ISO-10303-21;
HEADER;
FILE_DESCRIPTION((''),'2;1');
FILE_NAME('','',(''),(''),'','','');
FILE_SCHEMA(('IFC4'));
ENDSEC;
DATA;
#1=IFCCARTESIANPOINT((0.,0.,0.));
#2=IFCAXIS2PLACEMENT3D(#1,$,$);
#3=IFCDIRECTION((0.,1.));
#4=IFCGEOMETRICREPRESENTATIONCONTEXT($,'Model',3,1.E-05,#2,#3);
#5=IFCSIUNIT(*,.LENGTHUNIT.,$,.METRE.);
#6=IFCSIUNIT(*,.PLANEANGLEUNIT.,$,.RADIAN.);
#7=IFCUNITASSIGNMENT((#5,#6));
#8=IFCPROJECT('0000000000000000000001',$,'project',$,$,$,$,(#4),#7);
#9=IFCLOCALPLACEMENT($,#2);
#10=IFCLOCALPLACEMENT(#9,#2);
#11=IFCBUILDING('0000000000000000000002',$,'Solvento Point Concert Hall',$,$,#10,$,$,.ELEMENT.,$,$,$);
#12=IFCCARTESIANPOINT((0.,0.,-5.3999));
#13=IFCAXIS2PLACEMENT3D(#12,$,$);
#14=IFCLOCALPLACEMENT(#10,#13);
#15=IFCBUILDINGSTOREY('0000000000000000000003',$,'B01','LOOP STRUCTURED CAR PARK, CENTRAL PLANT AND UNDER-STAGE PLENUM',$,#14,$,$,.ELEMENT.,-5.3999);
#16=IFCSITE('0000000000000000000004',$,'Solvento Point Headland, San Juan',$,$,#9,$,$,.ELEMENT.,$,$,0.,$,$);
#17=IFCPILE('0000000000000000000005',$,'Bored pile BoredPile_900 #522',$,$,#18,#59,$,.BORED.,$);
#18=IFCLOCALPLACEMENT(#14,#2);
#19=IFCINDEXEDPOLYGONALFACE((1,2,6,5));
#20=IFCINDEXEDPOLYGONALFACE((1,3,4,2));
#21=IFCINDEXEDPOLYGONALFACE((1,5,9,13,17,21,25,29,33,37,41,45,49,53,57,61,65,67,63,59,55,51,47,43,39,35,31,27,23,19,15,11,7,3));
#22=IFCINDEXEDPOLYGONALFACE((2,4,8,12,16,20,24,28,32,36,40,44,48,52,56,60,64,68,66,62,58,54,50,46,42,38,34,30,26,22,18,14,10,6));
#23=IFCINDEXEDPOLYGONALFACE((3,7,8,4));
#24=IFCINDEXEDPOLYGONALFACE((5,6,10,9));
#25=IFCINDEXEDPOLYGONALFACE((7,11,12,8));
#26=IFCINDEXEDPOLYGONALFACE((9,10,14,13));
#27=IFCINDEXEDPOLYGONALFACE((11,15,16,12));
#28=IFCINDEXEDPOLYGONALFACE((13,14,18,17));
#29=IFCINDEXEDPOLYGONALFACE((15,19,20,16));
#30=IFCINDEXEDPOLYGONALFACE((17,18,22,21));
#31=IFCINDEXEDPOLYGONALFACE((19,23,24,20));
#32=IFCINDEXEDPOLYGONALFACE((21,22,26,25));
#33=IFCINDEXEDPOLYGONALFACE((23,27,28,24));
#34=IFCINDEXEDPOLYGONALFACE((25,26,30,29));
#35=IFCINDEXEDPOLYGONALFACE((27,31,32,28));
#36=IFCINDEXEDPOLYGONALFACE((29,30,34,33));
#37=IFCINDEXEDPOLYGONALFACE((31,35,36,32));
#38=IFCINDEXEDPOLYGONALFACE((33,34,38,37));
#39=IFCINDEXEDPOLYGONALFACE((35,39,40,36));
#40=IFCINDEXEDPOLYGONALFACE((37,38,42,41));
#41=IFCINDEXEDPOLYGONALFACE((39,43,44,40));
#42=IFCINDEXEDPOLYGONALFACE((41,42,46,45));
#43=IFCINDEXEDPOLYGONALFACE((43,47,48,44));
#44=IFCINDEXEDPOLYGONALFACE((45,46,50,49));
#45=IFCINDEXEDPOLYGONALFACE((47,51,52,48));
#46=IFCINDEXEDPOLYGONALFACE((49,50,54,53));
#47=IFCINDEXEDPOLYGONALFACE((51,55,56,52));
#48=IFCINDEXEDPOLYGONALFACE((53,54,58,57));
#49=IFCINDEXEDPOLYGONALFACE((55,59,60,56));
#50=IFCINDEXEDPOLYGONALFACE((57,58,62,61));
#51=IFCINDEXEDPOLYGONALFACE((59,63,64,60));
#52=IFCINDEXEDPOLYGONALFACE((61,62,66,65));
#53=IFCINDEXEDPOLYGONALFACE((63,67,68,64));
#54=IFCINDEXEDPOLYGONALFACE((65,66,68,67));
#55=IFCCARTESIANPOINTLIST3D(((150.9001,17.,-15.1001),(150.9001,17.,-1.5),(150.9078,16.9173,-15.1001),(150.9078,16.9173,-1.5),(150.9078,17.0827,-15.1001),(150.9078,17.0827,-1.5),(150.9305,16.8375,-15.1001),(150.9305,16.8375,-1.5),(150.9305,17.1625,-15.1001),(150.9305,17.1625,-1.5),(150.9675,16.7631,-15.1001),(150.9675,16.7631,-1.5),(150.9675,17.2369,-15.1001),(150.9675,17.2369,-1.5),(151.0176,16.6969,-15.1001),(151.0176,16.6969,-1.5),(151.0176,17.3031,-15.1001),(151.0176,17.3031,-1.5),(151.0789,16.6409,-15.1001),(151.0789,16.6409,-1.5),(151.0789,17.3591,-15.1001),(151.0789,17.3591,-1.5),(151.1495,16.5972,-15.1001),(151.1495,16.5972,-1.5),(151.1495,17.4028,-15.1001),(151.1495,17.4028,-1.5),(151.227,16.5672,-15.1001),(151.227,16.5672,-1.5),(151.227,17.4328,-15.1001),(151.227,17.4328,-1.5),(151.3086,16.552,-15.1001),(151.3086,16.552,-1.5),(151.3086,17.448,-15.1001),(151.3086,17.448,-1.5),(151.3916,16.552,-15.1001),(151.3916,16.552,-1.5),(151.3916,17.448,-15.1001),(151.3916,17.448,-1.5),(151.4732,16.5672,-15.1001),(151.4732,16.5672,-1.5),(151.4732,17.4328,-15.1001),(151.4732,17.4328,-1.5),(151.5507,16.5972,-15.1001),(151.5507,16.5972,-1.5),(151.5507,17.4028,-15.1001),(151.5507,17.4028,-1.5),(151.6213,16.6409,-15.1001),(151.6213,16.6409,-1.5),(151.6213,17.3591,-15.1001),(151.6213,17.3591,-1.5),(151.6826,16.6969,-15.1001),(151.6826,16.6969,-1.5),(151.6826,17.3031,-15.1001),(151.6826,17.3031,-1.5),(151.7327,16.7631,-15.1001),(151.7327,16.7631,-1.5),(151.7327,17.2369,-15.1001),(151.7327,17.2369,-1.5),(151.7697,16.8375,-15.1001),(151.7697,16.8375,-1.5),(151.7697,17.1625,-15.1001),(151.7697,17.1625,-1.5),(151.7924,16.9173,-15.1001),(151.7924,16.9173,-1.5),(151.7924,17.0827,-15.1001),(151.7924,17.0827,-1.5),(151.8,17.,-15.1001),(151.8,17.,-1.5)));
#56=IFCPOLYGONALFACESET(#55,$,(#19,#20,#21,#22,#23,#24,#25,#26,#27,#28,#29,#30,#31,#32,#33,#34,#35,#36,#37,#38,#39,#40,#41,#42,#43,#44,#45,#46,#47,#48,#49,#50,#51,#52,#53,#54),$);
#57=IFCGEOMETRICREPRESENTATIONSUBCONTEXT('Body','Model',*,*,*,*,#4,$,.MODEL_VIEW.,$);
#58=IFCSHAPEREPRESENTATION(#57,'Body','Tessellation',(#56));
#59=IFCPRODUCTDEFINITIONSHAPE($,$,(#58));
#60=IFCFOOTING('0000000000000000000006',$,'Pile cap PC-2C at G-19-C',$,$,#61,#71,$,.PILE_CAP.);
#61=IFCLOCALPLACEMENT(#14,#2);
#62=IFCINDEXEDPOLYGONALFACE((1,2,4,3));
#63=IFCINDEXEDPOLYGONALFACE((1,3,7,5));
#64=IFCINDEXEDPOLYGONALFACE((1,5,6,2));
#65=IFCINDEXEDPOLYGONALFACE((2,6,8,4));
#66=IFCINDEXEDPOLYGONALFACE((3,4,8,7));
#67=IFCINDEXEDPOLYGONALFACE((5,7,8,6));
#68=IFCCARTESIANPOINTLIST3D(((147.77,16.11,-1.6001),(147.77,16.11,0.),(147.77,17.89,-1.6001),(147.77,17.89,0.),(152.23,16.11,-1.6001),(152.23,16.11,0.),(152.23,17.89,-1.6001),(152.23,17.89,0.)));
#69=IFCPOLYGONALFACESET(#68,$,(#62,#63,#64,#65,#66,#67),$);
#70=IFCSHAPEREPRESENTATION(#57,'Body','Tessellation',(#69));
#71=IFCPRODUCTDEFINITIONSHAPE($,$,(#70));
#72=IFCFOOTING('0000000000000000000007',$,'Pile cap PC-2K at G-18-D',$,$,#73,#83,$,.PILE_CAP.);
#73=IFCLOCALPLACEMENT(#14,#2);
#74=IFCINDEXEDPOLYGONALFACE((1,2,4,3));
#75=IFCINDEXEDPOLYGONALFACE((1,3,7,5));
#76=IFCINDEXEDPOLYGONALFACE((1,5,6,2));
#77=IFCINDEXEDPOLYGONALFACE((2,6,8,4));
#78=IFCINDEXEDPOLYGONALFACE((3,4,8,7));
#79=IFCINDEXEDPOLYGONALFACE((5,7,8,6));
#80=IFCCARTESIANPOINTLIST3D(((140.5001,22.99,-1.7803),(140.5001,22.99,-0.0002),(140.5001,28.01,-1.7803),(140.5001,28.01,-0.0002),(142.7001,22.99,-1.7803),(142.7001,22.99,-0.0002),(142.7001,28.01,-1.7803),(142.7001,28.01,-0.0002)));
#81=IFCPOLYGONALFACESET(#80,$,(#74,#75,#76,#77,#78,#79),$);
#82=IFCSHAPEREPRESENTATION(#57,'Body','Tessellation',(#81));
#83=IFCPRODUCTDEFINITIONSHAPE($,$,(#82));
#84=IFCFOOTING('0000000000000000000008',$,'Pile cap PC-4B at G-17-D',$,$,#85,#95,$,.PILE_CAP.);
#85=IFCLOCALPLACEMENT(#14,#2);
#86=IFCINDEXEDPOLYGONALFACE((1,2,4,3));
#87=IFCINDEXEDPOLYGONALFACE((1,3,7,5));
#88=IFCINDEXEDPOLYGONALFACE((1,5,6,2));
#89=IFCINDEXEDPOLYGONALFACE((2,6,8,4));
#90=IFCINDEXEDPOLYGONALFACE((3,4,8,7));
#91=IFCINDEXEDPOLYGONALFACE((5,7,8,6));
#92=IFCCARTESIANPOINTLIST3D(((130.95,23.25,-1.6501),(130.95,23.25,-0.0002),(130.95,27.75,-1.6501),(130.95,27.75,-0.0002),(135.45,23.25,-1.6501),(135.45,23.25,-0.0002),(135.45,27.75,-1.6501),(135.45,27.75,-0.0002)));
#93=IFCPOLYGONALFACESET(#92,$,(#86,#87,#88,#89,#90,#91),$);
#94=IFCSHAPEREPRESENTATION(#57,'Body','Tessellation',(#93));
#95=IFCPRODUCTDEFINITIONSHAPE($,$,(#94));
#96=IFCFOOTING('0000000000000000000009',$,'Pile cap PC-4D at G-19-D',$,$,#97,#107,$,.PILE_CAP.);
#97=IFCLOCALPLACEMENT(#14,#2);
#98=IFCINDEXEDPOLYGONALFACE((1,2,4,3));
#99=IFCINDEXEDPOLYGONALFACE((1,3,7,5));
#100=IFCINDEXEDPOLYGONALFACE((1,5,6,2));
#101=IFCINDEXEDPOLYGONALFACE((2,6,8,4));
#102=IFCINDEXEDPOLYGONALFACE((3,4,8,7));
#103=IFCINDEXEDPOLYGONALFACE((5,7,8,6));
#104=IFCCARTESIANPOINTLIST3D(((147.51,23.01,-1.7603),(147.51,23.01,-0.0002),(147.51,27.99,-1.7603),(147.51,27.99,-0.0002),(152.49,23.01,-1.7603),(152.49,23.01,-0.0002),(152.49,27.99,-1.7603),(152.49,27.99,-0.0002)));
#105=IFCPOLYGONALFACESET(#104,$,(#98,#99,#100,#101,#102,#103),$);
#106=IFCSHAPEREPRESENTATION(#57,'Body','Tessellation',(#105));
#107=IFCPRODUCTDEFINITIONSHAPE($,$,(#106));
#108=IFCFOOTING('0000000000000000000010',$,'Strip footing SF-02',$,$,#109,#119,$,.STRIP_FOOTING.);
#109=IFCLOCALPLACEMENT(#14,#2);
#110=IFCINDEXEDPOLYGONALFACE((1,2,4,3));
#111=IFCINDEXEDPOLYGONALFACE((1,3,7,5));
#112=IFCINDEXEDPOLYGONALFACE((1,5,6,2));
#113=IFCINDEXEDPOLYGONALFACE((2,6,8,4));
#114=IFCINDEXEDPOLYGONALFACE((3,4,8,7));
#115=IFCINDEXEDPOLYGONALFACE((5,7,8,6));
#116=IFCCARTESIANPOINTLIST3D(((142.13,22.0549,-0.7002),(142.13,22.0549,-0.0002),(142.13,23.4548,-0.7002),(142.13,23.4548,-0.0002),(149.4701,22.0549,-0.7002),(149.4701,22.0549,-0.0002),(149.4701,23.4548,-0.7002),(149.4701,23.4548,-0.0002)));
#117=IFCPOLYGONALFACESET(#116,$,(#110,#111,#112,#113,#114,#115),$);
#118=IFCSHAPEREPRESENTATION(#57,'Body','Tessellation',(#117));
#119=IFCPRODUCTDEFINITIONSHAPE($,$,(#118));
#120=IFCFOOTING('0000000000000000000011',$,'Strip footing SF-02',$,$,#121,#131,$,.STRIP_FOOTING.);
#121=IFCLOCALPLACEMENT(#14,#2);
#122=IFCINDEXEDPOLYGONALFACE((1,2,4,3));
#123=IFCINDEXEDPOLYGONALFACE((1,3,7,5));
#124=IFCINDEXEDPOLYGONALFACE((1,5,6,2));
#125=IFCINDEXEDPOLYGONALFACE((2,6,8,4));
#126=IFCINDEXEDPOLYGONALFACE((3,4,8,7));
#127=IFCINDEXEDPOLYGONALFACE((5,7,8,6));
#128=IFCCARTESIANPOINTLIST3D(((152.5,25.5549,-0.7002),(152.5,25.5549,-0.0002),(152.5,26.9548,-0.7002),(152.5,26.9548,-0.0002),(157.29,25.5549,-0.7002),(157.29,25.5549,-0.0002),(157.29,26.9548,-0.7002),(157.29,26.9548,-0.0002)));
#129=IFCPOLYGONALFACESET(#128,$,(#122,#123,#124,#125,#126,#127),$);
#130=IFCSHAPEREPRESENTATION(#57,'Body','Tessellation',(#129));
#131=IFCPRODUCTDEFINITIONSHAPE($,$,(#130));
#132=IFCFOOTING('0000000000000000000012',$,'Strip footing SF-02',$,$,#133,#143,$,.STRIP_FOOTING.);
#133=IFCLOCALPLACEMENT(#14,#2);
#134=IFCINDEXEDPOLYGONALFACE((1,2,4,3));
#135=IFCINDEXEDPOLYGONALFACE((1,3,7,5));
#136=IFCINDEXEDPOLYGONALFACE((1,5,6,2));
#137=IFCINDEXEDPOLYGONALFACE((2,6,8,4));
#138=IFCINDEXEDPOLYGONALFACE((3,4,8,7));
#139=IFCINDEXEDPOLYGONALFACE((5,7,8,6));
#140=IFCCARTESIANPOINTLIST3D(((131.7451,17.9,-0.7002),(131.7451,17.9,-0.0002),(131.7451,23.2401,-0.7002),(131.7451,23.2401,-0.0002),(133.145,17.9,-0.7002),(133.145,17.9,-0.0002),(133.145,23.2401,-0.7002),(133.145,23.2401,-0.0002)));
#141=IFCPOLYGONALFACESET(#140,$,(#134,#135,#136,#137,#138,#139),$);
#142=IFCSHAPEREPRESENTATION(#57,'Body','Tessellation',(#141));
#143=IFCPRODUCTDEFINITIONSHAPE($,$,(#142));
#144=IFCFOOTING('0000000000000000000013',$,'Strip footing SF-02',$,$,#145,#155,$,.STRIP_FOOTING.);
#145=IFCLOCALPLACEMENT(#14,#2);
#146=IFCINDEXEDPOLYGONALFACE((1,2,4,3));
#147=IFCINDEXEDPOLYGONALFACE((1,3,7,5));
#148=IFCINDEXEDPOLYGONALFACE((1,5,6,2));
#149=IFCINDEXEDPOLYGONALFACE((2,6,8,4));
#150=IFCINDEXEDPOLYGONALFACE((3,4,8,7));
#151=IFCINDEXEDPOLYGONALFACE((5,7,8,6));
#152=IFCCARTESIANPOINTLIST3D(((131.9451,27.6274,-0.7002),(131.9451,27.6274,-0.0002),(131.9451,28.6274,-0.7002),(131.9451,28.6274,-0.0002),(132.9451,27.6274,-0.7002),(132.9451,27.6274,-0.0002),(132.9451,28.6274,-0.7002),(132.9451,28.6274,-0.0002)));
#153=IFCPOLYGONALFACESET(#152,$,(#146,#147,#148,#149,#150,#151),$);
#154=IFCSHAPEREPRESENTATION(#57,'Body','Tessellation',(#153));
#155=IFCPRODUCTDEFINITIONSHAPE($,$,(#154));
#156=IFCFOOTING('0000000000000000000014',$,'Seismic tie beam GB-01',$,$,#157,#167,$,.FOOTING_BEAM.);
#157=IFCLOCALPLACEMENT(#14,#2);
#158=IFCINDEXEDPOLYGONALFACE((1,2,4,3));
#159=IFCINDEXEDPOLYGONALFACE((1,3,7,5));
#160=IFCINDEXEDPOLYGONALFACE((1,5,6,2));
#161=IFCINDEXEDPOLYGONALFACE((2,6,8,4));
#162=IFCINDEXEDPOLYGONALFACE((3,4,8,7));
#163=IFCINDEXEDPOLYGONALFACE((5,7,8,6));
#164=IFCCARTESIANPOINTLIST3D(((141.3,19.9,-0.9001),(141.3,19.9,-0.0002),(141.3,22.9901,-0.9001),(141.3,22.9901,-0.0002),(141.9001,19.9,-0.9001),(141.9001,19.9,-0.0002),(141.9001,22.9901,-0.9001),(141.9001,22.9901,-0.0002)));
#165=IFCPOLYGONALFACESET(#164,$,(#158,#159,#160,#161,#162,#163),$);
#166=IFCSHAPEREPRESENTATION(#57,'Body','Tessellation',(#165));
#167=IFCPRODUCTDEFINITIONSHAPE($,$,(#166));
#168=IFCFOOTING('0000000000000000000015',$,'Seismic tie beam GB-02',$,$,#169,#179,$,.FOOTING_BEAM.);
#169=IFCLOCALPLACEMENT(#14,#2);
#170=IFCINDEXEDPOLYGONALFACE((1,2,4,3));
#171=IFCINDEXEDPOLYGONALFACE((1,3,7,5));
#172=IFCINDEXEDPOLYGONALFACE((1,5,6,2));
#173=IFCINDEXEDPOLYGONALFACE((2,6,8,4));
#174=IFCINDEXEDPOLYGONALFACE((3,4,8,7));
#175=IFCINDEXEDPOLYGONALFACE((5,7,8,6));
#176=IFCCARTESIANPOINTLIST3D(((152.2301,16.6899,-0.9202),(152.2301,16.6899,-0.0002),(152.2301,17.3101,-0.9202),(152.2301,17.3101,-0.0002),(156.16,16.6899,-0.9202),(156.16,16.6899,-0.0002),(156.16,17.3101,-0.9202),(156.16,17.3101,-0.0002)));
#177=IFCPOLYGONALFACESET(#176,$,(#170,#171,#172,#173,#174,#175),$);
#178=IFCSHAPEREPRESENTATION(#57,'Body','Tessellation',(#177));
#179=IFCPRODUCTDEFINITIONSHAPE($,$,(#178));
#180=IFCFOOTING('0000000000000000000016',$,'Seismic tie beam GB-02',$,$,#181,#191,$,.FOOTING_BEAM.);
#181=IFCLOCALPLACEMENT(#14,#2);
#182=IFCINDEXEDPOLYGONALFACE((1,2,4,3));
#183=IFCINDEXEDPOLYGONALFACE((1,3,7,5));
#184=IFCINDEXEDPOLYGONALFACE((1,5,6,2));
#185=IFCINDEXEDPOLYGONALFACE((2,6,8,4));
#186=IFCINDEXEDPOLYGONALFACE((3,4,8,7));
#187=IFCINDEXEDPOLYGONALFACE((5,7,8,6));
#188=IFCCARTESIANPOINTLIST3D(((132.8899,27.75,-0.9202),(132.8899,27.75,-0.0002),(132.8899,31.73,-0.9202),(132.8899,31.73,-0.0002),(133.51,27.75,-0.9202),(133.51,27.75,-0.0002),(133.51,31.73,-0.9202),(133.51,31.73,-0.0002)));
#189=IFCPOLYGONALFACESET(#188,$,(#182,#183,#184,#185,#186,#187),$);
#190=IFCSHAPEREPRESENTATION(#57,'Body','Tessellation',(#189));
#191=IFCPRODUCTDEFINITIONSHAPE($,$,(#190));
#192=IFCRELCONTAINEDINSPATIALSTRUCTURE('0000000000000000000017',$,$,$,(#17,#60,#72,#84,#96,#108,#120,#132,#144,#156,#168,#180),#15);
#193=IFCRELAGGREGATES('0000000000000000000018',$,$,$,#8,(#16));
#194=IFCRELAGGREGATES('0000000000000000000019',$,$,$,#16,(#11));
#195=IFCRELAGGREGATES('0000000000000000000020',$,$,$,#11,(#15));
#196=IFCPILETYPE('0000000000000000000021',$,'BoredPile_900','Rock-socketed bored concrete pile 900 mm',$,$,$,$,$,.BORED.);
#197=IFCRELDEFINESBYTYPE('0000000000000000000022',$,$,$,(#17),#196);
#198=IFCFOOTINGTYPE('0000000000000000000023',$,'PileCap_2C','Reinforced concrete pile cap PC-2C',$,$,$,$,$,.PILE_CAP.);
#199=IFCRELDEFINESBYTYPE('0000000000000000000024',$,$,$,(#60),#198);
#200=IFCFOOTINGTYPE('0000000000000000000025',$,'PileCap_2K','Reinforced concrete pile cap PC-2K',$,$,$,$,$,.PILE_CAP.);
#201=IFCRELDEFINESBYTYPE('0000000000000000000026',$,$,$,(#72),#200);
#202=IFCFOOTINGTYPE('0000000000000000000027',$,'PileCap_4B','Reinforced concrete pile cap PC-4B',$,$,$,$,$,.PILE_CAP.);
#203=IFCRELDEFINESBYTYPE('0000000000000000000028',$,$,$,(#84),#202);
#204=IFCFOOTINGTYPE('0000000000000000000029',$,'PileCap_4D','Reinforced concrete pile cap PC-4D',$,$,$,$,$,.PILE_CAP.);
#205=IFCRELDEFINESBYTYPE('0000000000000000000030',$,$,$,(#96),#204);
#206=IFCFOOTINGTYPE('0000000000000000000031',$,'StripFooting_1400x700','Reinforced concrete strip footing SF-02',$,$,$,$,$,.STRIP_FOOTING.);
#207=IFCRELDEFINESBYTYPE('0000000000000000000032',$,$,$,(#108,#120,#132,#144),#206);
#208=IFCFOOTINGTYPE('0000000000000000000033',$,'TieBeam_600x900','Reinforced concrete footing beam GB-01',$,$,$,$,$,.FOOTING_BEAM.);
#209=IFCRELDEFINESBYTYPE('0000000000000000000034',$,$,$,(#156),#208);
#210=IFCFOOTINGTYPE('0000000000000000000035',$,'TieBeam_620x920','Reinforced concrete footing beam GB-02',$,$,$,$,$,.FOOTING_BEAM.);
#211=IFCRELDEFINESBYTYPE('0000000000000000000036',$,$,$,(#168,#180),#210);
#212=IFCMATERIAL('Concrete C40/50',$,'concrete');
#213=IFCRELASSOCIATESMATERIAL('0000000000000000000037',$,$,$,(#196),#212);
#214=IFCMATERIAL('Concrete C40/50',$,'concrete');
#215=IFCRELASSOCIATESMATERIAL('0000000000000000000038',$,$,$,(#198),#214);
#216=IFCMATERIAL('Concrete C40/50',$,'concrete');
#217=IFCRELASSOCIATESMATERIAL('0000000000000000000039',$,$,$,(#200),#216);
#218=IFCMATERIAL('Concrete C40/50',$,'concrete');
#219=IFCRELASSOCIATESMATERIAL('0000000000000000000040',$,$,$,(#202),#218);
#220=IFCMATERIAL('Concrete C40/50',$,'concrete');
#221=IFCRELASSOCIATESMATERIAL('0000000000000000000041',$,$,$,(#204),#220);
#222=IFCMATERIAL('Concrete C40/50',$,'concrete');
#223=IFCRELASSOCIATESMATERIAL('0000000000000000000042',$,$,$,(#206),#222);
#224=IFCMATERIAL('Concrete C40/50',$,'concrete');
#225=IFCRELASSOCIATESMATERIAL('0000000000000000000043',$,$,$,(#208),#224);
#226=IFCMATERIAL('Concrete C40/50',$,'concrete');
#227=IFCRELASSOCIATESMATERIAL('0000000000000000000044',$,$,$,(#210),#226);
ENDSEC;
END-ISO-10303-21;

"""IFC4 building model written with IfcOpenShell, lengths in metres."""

from ifc_helpers import new_model, si_unit, direction, frame, origin, origin_2d, place, context, subcontext, project, spatial, rectangle, circle, extrude, material, material_profile, profile_set, type_object, element, save


model = new_model("IFC4")

# Units and contexts
model_context = context("Model", 3, precision=1e-05, world=origin(), true_north=direction((0.0, 1.0)))
body_context = subcontext(model_context, "Body", "Model", "MODEL_VIEW")
ifc_project = project(units=[si_unit("LENGTHUNIT", "METRE"), si_unit("PLANEANGLEUNIT", "RADIAN")], contexts=[model_context])

# Site, building, storey
site_placement = place(None, origin())
site = spatial("IfcSite", under=ifc_project, at=site_placement, Name="Solvento Point Headland, San Juan", CompositionType="ELEMENT", RefElevation=0.0)
building_placement = place(site_placement, origin())
building = spatial("IfcBuilding", under=site, at=building_placement, Name="Solvento Point Concert Hall", CompositionType="ELEMENT")
storey_placement = place(building_placement, frame((0.0, 0.0, -5.3999)))
storey = spatial("IfcBuildingStorey", under=building, at=storey_placement, Name="B01", Description="LOOP STRUCTURED CAR PARK, CENTRAL PLANT AND UNDER-STAGE PLENUM", CompositionType="ELEMENT", Elevation=-5.3999)

# Pile
ifc_material_1 = material(Name="Concrete C40/50", Category="concrete")
ifc_material_profile_1 = material_profile(ifc_material_1, circle(Radius=0.45, at=origin_2d()), Name="BP-900")
ifc_profile_set_1 = profile_set([ifc_material_profile_1], Name="Concrete C40/50")
pile_type_1 = type_object("IfcPileType", Name="BoredPile_900", Description="Rock-socketed bored concrete pile 900 mm", PredefinedType="BORED", material=ifc_profile_set_1)
pile_placement = place(storey_placement, frame((151.3501, 17.0, -1.5), z_axis=(0.0, 0.0, -1.0), x_axis=(1.0, 0.0, 0.0)))
element("IfcPile", 1, at=pile_placement, inside=storey, type_object=pile_type_1, Name="Bored pile BoredPile_900 #522", PredefinedType="BORED", context=body_context, shape_type="SweptSolid", body=[
    extrude(circle(Radius=0.45, at=origin_2d()), origin(), (0.0, 0.0, 1.0), 13.6001),
])

# Footings
ifc_material_2 = material(Name="Concrete C40/50", Category="concrete")
footing_type_1 = type_object("IfcFootingType", Name="PileCap_2C", Description="Reinforced concrete pile cap PC-2C", PredefinedType="PILE_CAP", material=ifc_material_2)
footing_1_placement = place(storey_placement, frame((150.0, 17.0, -1.6001), z_axis=(0.0, 0.0, 1.0), x_axis=(1.0, 0.0, 0.0)))
element("IfcFooting", 2, at=footing_1_placement, inside=storey, type_object=footing_type_1, Name="Pile cap PC-2C at G-19-C", PredefinedType="PILE_CAP", context=body_context, shape_type="SweptSolid", body=[
    extrude(rectangle(XDim=4.46, YDim=1.78, at=origin_2d()), origin(), (0.0, 0.0, 1.0), 1.6001),
])
ifc_material_3 = material(Name="Concrete C40/50", Category="concrete")
footing_type_2 = type_object("IfcFootingType", Name="PileCap_2K", Description="Reinforced concrete pile cap PC-2K", PredefinedType="PILE_CAP", material=ifc_material_3)
footing_2_placement = place(storey_placement, frame((141.6001, 25.5, -1.7803), z_axis=(0.0, 0.0, 1.0), x_axis=(1.0, 0.0, 0.0)))
element("IfcFooting", 3, at=footing_2_placement, inside=storey, type_object=footing_type_2, Name="Pile cap PC-2K at G-18-D", PredefinedType="PILE_CAP", context=body_context, shape_type="SweptSolid", body=[
    extrude(rectangle(XDim=2.2, YDim=5.02, at=origin_2d()), origin(), (0.0, 0.0, 1.0), 1.78),
])
ifc_material_4 = material(Name="Concrete C40/50", Category="concrete")
footing_type_3 = type_object("IfcFootingType", Name="PileCap_4B", Description="Reinforced concrete pile cap PC-4B", PredefinedType="PILE_CAP", material=ifc_material_4)
footing_3_placement = place(storey_placement, frame((133.2, 25.5, -1.6501), z_axis=(0.0, 0.0, 1.0), x_axis=(1.0, 0.0, 0.0)))
element("IfcFooting", 4, at=footing_3_placement, inside=storey, type_object=footing_type_3, Name="Pile cap PC-4B at G-17-D", PredefinedType="PILE_CAP", context=body_context, shape_type="SweptSolid", body=[
    extrude(rectangle(XDim=4.5, YDim=4.5, at=origin_2d()), origin(), (0.0, 0.0, 1.0), 1.6499),
])
ifc_material_5 = material(Name="Concrete C40/50", Category="concrete")
footing_type_4 = type_object("IfcFootingType", Name="PileCap_4D", Description="Reinforced concrete pile cap PC-4D", PredefinedType="PILE_CAP", material=ifc_material_5)
footing_4_placement = place(storey_placement, frame((150.0, 25.5, -1.7603), z_axis=(0.0, 0.0, 1.0), x_axis=(1.0, 0.0, 0.0)))
element("IfcFooting", 5, at=footing_4_placement, inside=storey, type_object=footing_type_4, Name="Pile cap PC-4D at G-19-D", PredefinedType="PILE_CAP", context=body_context, shape_type="SweptSolid", body=[
    extrude(rectangle(XDim=4.98, YDim=4.98, at=origin_2d()), origin(), (0.0, 0.0, 1.0), 1.76),
])
ifc_material_6 = material(Name="Concrete C40/50", Category="concrete")
footing_type_5 = type_object("IfcFootingType", Name="StripFooting_1400x700", Description="Reinforced concrete strip footing SF-02", PredefinedType="STRIP_FOOTING", material=ifc_material_6)
footing_5_placement = place(storey_placement, frame((145.8, 22.7549, -0.7002), z_axis=(0.0, 0.0, 1.0), x_axis=(1.0, 0.0, 0.0)))
element("IfcFooting", 6, at=footing_5_placement, inside=storey, type_object=footing_type_5, Name="Strip footing SF-02", PredefinedType="STRIP_FOOTING", context=body_context, shape_type="SweptSolid", body=[
    extrude(rectangle(XDim=7.3401, YDim=1.3999, at=origin_2d()), origin(), (0.0, 0.0, 1.0), 0.7),
])
footing_6_placement = place(storey_placement, frame((154.895, 26.2549, -0.7002), z_axis=(0.0, 0.0, 1.0), x_axis=(1.0, 0.0, 0.0)))
element("IfcFooting", 7, at=footing_6_placement, inside=storey, type_object=footing_type_5, Name="Strip footing SF-02", PredefinedType="STRIP_FOOTING", context=body_context, shape_type="SweptSolid", body=[
    extrude(rectangle(XDim=4.79, YDim=1.3999, at=origin_2d()), origin(), (0.0, 0.0, 1.0), 0.7),
])
footing_7_placement = place(storey_placement, frame((132.4451, 20.5701, -0.7002), z_axis=(0.0, 0.0, 1.0), x_axis=(0.0, 1.0, 0.0)))
element("IfcFooting", 8, at=footing_7_placement, inside=storey, type_object=footing_type_5, Name="Strip footing SF-02", PredefinedType="STRIP_FOOTING", context=body_context, shape_type="SweptSolid", body=[
    extrude(rectangle(XDim=5.3401, YDim=1.3999, at=origin_2d()), origin(), (0.0, 0.0, 1.0), 0.7),
])
footing_8_placement = place(storey_placement, frame((132.4451, 28.1274, -0.7002), z_axis=(0.0, 0.0, 1.0), x_axis=(0.0, 1.0, 0.0)))
element("IfcFooting", 9, at=footing_8_placement, inside=storey, type_object=footing_type_5, Name="Strip footing SF-02", PredefinedType="STRIP_FOOTING", context=body_context, shape_type="SweptSolid", body=[
    extrude(rectangle(XDim=1.0, YDim=1.0, at=origin_2d()), origin(), (0.0, 0.0, 1.0), 0.7),
])
ifc_material_7 = material(Name="Concrete C40/50", Category="concrete")
footing_type_6 = type_object("IfcFootingType", Name="TieBeam_600x900", Description="Reinforced concrete footing beam GB-01", PredefinedType="FOOTING_BEAM", material=ifc_material_7)
footing_9_placement = place(storey_placement, frame((141.6001, 21.4451, -0.9001), z_axis=(0.0, 0.0, 1.0), x_axis=(0.0, 1.0, 0.0)))
element("IfcFooting", 10, at=footing_9_placement, inside=storey, type_object=footing_type_6, Name="Seismic tie beam GB-01", PredefinedType="FOOTING_BEAM", context=body_context, shape_type="SweptSolid", body=[
    extrude(rectangle(XDim=3.0901, YDim=0.6001, at=origin_2d()), origin(), (0.0, 0.0, 1.0), 0.8999),
])
ifc_material_8 = material(Name="Concrete C40/50", Category="concrete")
footing_type_7 = type_object("IfcFootingType", Name="TieBeam_620x920", Description="Reinforced concrete footing beam GB-02", PredefinedType="FOOTING_BEAM", material=ifc_material_8)
footing_10_placement = place(storey_placement, frame((154.1951, 17.0, -0.9202), z_axis=(0.0, 0.0, 1.0), x_axis=(1.0, 0.0, 0.0)))
element("IfcFooting", 11, at=footing_10_placement, inside=storey, type_object=footing_type_7, Name="Seismic tie beam GB-02", PredefinedType="FOOTING_BEAM", context=body_context, shape_type="SweptSolid", body=[
    extrude(rectangle(XDim=3.9299, YDim=0.6201, at=origin_2d()), origin(), (0.0, 0.0, 1.0), 0.9199),
])
footing_11_placement = place(storey_placement, frame((133.2, 29.74, -0.9202), z_axis=(0.0, 0.0, 1.0), x_axis=(0.0, 1.0, 0.0)))
element("IfcFooting", 12, at=footing_11_placement, inside=storey, type_object=footing_type_7, Name="Seismic tie beam GB-02", PredefinedType="FOOTING_BEAM", context=body_context, shape_type="SweptSolid", body=[
    extrude(rectangle(XDim=3.98, YDim=0.6201, at=origin_2d()), origin(), (0.0, 0.0, 1.0), 0.9199),
])

save(model, "model.ifc")
